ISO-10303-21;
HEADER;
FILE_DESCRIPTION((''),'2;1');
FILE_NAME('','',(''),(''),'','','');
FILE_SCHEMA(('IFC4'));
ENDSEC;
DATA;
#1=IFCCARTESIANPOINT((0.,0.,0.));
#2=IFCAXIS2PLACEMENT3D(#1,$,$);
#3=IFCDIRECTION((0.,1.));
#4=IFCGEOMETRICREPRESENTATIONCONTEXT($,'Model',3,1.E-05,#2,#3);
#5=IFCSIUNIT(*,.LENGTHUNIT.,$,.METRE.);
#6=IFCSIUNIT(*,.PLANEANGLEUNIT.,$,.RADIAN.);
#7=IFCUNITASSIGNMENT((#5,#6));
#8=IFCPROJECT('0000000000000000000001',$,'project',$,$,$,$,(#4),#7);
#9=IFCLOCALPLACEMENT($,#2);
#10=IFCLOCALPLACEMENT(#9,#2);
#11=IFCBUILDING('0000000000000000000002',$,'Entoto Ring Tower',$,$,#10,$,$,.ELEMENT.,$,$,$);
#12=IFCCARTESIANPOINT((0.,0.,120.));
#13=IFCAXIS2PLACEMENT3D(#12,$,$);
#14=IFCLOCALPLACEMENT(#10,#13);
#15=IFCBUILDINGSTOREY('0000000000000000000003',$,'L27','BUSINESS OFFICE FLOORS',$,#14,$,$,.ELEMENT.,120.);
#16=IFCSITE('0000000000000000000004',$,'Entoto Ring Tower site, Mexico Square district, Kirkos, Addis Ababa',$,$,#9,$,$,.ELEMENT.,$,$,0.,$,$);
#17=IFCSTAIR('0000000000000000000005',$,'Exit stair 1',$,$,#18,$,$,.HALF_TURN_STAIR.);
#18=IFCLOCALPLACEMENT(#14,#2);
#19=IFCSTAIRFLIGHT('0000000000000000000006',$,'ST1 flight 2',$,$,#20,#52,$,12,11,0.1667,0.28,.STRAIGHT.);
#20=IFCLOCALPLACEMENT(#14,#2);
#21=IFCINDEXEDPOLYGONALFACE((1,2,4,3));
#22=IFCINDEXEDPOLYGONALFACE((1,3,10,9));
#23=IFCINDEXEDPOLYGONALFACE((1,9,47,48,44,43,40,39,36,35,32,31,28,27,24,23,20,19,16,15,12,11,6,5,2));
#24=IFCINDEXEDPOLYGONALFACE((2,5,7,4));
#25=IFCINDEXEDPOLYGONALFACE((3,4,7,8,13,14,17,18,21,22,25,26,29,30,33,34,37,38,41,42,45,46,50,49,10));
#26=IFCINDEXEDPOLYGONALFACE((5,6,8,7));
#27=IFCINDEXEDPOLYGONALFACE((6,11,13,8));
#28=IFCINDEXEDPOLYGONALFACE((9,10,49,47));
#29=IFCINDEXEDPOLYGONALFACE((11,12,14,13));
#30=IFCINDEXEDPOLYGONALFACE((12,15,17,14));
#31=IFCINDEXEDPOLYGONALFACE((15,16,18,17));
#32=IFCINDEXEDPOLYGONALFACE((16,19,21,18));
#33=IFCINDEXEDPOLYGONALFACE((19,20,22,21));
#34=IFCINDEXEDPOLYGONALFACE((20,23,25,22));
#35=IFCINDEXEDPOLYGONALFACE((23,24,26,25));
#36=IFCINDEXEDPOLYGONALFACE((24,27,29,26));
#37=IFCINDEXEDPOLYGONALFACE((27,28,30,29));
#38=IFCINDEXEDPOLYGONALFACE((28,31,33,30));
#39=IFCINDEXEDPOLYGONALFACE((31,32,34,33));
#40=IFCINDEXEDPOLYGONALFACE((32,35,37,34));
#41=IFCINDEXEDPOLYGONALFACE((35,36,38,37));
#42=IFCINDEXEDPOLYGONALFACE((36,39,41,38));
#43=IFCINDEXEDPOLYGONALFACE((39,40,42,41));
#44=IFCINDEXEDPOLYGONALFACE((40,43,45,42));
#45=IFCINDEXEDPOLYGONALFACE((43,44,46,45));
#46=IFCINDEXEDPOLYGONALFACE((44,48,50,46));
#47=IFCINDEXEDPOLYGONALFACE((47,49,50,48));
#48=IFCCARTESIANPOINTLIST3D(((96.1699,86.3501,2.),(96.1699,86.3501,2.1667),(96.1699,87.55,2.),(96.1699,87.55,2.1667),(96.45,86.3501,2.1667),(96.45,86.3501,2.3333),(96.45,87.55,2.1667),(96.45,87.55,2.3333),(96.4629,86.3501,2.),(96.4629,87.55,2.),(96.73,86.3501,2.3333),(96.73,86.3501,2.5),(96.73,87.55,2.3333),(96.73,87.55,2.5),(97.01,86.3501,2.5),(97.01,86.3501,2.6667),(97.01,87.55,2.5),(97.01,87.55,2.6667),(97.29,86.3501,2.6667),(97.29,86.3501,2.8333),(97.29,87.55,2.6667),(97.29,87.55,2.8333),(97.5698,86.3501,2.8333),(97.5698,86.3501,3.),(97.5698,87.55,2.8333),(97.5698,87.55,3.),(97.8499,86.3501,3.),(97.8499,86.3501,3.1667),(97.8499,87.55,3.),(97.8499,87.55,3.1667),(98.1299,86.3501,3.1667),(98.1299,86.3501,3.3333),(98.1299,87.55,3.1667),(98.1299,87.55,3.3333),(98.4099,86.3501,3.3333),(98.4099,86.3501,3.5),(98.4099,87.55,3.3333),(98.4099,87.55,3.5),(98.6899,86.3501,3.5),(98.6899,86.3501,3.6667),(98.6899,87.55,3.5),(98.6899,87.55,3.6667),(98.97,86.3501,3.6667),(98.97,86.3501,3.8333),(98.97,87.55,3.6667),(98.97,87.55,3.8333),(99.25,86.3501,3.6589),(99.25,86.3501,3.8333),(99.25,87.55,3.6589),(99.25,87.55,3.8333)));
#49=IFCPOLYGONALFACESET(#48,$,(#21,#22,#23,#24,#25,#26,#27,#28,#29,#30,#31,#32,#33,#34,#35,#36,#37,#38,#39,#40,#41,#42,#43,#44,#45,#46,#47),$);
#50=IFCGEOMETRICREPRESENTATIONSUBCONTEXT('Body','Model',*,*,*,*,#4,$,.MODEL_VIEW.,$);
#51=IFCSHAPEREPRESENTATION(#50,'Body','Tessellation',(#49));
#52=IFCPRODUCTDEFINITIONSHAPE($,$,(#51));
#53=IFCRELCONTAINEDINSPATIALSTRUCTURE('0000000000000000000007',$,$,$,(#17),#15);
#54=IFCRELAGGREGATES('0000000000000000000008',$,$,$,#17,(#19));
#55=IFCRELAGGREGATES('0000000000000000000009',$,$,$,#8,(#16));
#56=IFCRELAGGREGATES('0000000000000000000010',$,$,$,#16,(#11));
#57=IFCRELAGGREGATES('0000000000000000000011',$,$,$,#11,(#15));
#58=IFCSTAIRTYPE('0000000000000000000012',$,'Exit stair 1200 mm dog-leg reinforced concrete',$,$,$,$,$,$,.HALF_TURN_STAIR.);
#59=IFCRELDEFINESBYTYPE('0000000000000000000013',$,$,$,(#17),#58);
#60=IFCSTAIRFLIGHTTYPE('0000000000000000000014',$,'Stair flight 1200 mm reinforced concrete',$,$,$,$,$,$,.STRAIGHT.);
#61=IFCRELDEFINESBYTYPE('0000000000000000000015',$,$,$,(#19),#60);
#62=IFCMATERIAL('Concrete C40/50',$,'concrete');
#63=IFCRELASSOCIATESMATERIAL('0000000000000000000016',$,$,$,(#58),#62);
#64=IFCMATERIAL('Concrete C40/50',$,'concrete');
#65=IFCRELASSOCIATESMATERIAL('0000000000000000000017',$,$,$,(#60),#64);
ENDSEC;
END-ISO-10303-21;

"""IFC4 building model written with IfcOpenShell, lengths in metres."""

from ifc_helpers import new_model, si_unit, direction, frame, origin, place, context, subcontext, project, spatial, polyline, outline, extrude, material, type_object, element, aggregate, save


model = new_model("IFC4")

# Units and contexts
model_context = context("Model", 3, precision=1e-05, world=origin(), true_north=direction((0.0, 1.0)))
body_context = subcontext(model_context, "Body", "Model", "MODEL_VIEW")
ifc_project = project(units=[si_unit("LENGTHUNIT", "METRE"), si_unit("PLANEANGLEUNIT", "RADIAN")], contexts=[model_context])

# Site, building, storey
site_placement = place(None, origin())
site = spatial("IfcSite", under=ifc_project, at=site_placement, Name="Entoto Ring Tower site, Mexico Square district, Kirkos, Addis Ababa", CompositionType="ELEMENT", RefElevation=0.0)
building_placement = place(site_placement, origin())
building = spatial("IfcBuilding", under=site, at=building_placement, Name="Entoto Ring Tower", CompositionType="ELEMENT")
storey_placement = place(building_placement, frame((0.0, 0.0, 120.0)))
storey = spatial("IfcBuildingStorey", under=building, at=storey_placement, Name="L27", Description="BUSINESS OFFICE FLOORS", CompositionType="ELEMENT", Elevation=120.0)

# Stair, stair flight
ifc_material_1 = material(Name="Concrete C40/50", Category="concrete")
stair_type = type_object("IfcStairType", Name="Exit stair 1200 mm dog-leg reinforced concrete", PredefinedType="HALF_TURN_STAIR", material=ifc_material_1)
stair_placement = place(storey_placement, origin())
stair = element("IfcStair", 1, at=stair_placement, inside=storey, type_object=stair_type, Name="Exit stair 1", PredefinedType="HALF_TURN_STAIR")
ifc_material_2 = material(Name="Concrete C40/50", Category="concrete")
stair_flight_type = type_object("IfcStairFlightType", Name="Stair flight 1200 mm reinforced concrete", PredefinedType="STRAIGHT", material=ifc_material_2)
stair_flight_placement = place(storey_placement, frame((96.1699, 86.95, 2.0), z_axis=(0.0, 0.0, 1.0), x_axis=(1.0, 0.0, 0.0)))
stair_flight = element("IfcStairFlight", 2, at=stair_flight_placement, type_object=stair_flight_type, Name="ST1 flight 2", NumberOfRisers=12, NumberOfTreads=11, PredefinedType="STRAIGHT", RiserHeight=0.1667, TreadLength=0.28, context=body_context, shape_type="SweptSolid", body=[
    extrude(outline(polyline([(0.0, 0.0), (0.0, 0.1667), (0.28, 0.1667), (0.28, 0.3333), (0.5601, 0.3333), (0.5601, 0.5), (0.8401, 0.5), (0.8401, 0.6667), (1.1201, 0.6667), (1.1201, 0.8333), (1.3999, 0.8333), (1.3999, 1.0), (1.6799, 1.0), (1.6799, 1.1667), (1.96, 1.1667), (1.96, 1.3333), (2.24, 1.3333), (2.24, 1.5), (2.52, 1.5), (2.52, 1.6667), (2.8, 1.6667), (2.8, 1.8333), (3.0801, 1.8333), (3.0801, 2.0), (3.0801, 1.6589), (0.293, 0.0), (0.0, 0.0)])), frame((0.0, 0.6001, 0.0), z_axis=(0.0, -1.0, 0.0), x_axis=(1.0, 0.0, 0.0)), (0.0, 0.0, 1.0), 1.2),
])
aggregate(stair, [stair_flight])

save(model, "model.ifc")
